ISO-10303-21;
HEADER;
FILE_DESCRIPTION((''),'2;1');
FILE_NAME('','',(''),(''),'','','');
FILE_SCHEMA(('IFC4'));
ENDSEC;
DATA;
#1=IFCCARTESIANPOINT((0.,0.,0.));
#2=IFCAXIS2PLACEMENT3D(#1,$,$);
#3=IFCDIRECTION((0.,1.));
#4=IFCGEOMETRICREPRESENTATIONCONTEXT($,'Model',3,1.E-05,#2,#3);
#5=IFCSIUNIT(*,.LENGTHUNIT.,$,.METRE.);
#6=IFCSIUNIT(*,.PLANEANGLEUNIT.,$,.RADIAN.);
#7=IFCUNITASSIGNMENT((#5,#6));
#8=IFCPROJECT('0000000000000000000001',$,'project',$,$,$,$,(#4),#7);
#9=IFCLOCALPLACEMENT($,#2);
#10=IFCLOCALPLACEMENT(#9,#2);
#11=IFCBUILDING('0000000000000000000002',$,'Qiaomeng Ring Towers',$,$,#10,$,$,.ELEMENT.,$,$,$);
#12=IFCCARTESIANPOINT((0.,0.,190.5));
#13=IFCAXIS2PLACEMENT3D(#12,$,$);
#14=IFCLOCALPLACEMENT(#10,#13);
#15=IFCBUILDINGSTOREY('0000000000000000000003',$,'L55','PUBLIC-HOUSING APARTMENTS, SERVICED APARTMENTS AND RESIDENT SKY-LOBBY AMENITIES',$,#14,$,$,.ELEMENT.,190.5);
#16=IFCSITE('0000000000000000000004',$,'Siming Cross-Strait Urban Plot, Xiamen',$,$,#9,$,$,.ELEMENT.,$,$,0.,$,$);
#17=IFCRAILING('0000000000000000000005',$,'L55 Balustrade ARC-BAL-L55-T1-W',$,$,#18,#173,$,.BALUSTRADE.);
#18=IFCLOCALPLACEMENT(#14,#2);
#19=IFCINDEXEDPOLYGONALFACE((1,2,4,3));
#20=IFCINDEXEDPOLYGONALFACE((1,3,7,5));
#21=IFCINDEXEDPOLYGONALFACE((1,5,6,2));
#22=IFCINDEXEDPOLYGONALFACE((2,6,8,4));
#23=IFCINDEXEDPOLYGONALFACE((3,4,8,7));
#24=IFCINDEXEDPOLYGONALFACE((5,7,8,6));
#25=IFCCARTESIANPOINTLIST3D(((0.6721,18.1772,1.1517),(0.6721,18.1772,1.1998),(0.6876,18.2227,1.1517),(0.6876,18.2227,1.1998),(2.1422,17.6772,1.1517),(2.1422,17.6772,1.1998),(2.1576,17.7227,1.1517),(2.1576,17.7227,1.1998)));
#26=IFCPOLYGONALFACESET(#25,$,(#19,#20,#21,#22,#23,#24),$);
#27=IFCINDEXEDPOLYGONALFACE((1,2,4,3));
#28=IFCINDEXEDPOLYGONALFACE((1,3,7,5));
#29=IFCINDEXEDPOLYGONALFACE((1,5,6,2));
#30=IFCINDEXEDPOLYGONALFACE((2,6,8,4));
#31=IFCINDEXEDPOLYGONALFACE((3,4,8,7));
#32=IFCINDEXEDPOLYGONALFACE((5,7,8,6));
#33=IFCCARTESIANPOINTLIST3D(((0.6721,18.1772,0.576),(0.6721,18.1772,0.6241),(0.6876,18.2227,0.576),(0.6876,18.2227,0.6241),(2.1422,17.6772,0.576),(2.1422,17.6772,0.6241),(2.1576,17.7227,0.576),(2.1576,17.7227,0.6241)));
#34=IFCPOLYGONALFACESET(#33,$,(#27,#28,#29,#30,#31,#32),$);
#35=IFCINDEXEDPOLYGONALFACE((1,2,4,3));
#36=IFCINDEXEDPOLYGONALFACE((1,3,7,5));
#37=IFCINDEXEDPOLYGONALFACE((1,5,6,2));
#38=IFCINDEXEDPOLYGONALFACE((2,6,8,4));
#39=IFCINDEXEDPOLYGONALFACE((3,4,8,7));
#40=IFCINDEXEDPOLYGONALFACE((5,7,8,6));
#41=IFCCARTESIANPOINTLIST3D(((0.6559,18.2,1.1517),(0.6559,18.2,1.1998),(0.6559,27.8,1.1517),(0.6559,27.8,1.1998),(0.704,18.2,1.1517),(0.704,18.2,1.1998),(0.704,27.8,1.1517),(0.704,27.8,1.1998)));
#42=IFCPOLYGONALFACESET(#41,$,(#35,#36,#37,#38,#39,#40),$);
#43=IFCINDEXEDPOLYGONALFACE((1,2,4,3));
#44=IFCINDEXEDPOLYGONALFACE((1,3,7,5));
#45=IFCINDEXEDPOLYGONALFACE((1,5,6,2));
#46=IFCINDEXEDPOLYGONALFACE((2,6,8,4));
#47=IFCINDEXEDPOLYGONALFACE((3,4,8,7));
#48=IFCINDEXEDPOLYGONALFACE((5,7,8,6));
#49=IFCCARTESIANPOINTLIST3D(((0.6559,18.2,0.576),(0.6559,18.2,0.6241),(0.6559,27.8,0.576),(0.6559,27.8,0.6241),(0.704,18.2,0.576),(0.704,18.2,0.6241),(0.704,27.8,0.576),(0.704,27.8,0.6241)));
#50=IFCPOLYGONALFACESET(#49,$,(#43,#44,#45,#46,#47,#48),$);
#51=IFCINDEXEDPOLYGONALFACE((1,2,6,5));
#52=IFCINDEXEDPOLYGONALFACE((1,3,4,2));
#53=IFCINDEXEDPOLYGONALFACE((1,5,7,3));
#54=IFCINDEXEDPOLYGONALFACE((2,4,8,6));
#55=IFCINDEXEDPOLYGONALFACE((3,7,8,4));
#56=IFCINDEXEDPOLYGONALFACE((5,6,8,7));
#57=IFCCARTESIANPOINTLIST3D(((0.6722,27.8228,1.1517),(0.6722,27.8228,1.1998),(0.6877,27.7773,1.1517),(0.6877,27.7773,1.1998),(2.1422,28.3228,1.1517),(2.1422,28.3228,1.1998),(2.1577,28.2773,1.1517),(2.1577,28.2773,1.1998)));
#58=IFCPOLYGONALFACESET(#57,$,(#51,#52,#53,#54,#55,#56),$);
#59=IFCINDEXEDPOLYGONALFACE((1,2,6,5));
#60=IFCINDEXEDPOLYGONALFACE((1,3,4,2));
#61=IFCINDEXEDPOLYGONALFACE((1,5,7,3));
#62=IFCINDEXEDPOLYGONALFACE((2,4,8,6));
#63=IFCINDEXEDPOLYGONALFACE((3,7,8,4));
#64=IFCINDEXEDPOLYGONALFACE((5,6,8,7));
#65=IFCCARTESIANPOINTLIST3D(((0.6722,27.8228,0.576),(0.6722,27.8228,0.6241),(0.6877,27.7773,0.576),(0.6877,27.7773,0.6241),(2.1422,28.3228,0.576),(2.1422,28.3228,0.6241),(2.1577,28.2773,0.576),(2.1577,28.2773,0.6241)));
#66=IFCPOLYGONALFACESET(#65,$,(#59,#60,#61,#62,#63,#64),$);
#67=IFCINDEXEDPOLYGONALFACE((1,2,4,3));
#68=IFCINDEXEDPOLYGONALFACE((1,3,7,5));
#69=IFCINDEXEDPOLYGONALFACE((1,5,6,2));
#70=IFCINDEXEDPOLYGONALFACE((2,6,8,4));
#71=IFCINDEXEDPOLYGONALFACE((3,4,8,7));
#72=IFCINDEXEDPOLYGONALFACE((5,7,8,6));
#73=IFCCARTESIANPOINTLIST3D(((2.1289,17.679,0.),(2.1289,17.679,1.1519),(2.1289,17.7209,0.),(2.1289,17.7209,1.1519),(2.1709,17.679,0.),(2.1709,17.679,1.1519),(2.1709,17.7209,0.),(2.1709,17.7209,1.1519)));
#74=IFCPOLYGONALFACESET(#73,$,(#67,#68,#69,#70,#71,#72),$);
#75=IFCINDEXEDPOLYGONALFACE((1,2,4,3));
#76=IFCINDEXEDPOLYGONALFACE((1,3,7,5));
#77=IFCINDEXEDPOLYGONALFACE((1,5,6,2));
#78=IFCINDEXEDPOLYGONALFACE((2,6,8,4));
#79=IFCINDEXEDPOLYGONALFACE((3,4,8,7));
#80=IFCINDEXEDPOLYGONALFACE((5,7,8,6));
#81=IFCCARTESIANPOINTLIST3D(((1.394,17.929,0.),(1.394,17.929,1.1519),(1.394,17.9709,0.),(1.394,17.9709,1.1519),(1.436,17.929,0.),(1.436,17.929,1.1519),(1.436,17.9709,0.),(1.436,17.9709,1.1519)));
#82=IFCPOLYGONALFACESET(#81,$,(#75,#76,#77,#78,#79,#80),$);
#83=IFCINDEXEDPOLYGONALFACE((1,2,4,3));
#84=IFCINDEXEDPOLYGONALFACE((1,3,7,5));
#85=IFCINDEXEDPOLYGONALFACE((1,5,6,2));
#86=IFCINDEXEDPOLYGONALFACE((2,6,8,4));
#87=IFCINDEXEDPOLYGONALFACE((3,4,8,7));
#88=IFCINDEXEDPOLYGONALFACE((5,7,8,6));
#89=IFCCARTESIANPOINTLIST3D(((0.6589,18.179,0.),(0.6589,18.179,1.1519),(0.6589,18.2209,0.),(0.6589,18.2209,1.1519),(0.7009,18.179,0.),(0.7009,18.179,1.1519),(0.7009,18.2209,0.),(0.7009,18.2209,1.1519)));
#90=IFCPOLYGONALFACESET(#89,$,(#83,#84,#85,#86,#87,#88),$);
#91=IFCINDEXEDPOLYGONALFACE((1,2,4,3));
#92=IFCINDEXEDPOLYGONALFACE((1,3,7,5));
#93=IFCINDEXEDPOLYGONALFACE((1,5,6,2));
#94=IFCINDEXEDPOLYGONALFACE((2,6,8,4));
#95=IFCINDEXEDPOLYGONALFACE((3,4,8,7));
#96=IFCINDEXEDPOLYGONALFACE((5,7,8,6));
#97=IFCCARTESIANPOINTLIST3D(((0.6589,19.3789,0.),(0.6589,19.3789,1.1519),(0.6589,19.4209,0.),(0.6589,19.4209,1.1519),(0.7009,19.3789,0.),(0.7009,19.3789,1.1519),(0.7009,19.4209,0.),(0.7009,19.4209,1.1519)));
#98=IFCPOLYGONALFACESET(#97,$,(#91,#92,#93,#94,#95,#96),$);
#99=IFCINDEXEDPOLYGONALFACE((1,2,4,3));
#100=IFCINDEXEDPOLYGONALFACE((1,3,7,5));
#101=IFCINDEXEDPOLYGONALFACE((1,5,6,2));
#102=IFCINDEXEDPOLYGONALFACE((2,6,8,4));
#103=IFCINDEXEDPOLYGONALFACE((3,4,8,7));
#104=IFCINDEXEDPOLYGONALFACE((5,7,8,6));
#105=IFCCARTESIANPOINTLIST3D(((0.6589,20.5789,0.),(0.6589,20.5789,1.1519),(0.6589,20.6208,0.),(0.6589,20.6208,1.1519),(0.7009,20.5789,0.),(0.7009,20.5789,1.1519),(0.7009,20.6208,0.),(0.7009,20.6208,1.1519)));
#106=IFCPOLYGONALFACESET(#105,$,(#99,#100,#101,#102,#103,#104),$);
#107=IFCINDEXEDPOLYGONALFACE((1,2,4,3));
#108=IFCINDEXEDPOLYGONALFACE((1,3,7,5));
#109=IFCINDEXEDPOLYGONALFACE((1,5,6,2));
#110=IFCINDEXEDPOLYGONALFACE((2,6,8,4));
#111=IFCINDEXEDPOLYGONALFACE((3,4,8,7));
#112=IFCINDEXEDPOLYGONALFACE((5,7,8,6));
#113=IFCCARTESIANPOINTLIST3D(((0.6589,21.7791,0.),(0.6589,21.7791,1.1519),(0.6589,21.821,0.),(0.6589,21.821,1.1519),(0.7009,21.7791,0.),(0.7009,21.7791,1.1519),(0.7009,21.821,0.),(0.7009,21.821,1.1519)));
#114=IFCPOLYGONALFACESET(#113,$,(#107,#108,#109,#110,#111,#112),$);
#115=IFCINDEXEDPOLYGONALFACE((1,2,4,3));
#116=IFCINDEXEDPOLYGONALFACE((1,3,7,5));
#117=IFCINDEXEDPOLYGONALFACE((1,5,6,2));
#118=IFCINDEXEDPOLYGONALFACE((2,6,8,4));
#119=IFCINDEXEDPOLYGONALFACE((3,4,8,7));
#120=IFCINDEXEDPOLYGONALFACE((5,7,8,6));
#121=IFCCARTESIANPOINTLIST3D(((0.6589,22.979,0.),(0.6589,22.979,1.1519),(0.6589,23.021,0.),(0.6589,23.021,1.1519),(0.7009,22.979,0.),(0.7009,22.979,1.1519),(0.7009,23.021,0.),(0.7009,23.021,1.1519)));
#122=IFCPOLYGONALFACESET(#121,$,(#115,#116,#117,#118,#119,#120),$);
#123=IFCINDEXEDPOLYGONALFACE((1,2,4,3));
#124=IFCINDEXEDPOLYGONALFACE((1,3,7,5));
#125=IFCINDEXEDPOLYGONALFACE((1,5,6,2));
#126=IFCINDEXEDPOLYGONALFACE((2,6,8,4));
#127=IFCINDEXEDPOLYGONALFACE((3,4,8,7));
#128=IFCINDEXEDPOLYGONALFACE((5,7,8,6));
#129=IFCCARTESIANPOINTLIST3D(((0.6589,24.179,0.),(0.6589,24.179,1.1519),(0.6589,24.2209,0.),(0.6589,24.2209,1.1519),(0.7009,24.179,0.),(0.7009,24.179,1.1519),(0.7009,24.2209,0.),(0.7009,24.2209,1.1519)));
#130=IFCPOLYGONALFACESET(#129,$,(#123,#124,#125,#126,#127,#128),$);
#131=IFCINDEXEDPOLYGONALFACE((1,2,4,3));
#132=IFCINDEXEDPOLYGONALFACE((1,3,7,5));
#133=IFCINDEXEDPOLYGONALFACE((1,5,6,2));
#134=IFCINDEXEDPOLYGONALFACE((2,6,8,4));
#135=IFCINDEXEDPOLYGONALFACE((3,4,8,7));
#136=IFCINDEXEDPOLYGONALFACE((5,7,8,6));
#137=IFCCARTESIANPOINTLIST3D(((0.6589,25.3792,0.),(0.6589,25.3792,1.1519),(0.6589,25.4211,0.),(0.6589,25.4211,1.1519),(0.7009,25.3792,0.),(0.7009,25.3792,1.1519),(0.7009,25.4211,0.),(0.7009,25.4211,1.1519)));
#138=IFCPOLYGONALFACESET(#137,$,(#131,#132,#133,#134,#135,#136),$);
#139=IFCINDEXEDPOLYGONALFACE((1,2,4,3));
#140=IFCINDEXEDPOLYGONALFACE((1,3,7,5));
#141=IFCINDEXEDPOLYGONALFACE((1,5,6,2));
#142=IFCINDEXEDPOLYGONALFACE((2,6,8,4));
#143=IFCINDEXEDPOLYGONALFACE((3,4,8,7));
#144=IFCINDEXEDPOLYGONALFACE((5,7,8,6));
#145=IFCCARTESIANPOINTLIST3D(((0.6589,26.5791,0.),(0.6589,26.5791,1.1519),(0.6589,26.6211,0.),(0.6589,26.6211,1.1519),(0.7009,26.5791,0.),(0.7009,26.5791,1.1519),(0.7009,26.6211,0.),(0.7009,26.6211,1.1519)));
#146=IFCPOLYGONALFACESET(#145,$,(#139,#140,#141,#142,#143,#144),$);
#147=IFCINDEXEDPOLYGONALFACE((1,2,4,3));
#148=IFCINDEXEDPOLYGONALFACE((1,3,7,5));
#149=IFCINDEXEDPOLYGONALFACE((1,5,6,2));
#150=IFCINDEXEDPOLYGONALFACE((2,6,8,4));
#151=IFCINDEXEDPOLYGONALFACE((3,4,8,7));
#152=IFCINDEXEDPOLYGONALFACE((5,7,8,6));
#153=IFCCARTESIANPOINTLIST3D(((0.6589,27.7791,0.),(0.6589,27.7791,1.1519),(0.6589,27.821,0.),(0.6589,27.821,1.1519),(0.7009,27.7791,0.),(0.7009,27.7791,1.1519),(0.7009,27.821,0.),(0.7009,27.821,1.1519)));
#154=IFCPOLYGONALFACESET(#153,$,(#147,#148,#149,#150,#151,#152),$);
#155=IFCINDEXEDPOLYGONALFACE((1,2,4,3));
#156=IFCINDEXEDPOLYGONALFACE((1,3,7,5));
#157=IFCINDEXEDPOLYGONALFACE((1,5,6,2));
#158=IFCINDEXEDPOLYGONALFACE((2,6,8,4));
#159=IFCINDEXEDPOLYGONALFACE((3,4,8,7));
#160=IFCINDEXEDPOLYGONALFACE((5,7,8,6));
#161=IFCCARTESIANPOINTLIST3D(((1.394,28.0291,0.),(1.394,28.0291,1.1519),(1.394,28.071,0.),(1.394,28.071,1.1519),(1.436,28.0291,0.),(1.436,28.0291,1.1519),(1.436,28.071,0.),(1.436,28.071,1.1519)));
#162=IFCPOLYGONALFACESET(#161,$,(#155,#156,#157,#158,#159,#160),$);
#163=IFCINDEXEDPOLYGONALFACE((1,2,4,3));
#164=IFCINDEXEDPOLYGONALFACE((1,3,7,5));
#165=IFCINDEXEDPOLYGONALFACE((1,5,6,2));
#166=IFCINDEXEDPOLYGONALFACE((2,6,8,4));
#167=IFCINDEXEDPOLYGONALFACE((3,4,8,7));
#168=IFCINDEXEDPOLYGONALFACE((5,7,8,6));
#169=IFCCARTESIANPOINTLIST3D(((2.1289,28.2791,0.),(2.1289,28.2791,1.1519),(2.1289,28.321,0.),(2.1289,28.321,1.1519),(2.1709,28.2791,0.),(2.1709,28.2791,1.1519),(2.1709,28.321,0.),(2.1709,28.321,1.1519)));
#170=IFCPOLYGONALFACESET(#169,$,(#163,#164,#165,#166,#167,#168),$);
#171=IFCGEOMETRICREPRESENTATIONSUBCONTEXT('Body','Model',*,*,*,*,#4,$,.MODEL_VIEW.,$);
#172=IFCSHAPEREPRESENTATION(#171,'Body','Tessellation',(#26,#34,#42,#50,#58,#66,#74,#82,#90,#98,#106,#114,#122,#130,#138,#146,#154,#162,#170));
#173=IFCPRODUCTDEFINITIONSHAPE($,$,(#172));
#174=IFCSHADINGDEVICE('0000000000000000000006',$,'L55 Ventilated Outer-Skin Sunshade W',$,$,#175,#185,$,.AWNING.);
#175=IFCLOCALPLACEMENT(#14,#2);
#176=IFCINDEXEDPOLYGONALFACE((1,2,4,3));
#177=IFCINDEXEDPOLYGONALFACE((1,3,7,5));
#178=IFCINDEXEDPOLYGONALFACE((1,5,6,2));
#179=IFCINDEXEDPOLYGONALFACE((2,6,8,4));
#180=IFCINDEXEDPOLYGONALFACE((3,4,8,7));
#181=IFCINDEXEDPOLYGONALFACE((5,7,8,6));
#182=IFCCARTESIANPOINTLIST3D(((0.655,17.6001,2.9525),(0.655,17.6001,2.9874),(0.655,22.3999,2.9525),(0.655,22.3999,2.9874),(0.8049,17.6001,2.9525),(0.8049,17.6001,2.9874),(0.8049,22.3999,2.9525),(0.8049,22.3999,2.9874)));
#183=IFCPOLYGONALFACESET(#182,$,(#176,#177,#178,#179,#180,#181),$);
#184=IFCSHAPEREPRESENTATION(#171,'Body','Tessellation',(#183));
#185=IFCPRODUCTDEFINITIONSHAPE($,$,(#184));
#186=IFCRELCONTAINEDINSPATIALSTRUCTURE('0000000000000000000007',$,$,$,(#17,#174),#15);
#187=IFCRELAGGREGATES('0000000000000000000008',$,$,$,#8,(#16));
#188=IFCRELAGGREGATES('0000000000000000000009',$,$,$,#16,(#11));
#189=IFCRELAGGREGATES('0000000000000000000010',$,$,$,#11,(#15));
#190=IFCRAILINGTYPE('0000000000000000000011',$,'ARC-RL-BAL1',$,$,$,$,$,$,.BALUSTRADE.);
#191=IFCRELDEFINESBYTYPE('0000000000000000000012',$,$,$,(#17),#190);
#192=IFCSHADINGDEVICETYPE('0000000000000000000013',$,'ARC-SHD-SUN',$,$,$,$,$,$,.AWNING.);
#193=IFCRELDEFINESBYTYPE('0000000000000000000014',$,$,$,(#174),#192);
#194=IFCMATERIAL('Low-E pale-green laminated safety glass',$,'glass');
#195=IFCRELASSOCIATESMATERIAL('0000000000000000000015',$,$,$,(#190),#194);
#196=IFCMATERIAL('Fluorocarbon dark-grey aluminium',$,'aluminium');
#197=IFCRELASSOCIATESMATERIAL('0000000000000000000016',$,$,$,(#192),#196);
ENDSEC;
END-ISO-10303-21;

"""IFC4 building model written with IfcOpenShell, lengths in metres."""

from ifc_helpers import new_model, si_unit, direction, frame, origin, origin_2d, place, context, subcontext, project, spatial, rectangle, extrude, source, transform, mapped, material, material_profile, profile_set, type_object, element, save


model = new_model("IFC4")

# Units and contexts
model_context = context("Model", 3, precision=1e-05, world=origin(), true_north=direction((0.0, 1.0)))
body_context = subcontext(model_context, "Body", "Model", "MODEL_VIEW")
ifc_project = project(units=[si_unit("LENGTHUNIT", "METRE"), si_unit("PLANEANGLEUNIT", "RADIAN")], contexts=[model_context])

# Site, building, storey
site_placement = place(None, origin())
site = spatial("IfcSite", under=ifc_project, at=site_placement, Name="Siming Cross-Strait Urban Plot, Xiamen", CompositionType="ELEMENT", RefElevation=0.0)
building_placement = place(site_placement, origin())
building = spatial("IfcBuilding", under=site, at=building_placement, Name="Qiaomeng Ring Towers", CompositionType="ELEMENT")
storey_placement = place(building_placement, frame((0.0, 0.0, 190.5)))
storey = spatial("IfcBuildingStorey", under=building, at=storey_placement, Name="L55", Description="PUBLIC-HOUSING APARTMENTS, SERVICED APARTMENTS AND RESIDENT SKY-LOBBY AMENITIES", CompositionType="ELEMENT", Elevation=190.5)

# Railing
ifc_material_1 = material(Name="Low-E pale-green laminated safety glass", Category="glass")
railing_type = type_object("IfcRailingType", Name="ARC-RL-BAL1", PredefinedType="BALUSTRADE", material=ifc_material_1)
railing_placement = place(storey_placement, frame((2.1499, 17.7, 0.0)))
element("IfcRailing", 1, at=railing_placement, inside=storey, type_object=railing_type, Name="L55 Balustrade ARC-BAL-L55-T1-W", PredefinedType="BALUSTRADE", context=body_context, shape_type="SweptSolid", body=[
    extrude(rectangle(XDim=0.0481, YDim=0.0481, at=origin_2d()), frame((0.0, 0.0, 1.1758), z_axis=(-0.946732, 0.322024, 0.0), x_axis=(-0.322024, -0.946732, 0.0)), (0.0, 0.0, 1.0), 1.5527),
    extrude(rectangle(XDim=0.0481, YDim=0.0481, at=origin_2d()), frame((0.0, 0.0, 0.6001), z_axis=(-0.946732, 0.322024, 0.0), x_axis=(-0.322024, -0.946732, 0.0)), (0.0, 0.0, 1.0), 1.5527),
    extrude(rectangle(XDim=0.0481, YDim=0.0481, at=origin_2d()), frame((-1.47, 0.5, 1.1758), z_axis=(0.0, 1.0, 0.0), x_axis=(-1.0, 0.0, 0.0)), (0.0, 0.0, 1.0), 9.6001),
    extrude(rectangle(XDim=0.0481, YDim=0.0481, at=origin_2d()), frame((-1.47, 0.5, 0.6001), z_axis=(0.0, 1.0, 0.0), x_axis=(-1.0, 0.0, 0.0)), (0.0, 0.0, 1.0), 9.6001),
    extrude(rectangle(XDim=0.0481, YDim=0.0481, at=origin_2d()), frame((-1.47, 10.1001, 1.1758), z_axis=(0.946732, 0.322024, 0.0), x_axis=(-0.322024, 0.946732, 0.0)), (0.0, 0.0, 1.0), 1.5527),
    extrude(rectangle(XDim=0.0481, YDim=0.0481, at=origin_2d()), frame((-1.47, 10.1001, 0.6001), z_axis=(0.946732, 0.322024, 0.0), x_axis=(-0.322024, 0.946732, 0.0)), (0.0, 0.0, 1.0), 1.5527),
    extrude(rectangle(XDim=0.042, YDim=0.042, at=origin_2d()), origin(), (0.0, 0.0, 1.0), 1.1519),
    extrude(rectangle(XDim=0.042, YDim=0.042, at=origin_2d()), frame((-0.7349, 0.25, 0.0)), (0.0, 0.0, 1.0), 1.1519),
    extrude(rectangle(XDim=0.042, YDim=0.042, at=origin_2d()), frame((-1.47, 0.5, 0.0)), (0.0, 0.0, 1.0), 1.1519),
    extrude(rectangle(XDim=0.042, YDim=0.042, at=origin_2d()), frame((-1.47, 1.7, 0.0)), (0.0, 0.0, 1.0), 1.1519),
    extrude(rectangle(XDim=0.042, YDim=0.042, at=origin_2d()), frame((-1.47, 2.8999, 0.0)), (0.0, 0.0, 1.0), 1.1519),
    extrude(rectangle(XDim=0.042, YDim=0.042, at=origin_2d()), frame((-1.47, 4.1001, 0.0)), (0.0, 0.0, 1.0), 1.1519),
    extrude(rectangle(XDim=0.042, YDim=0.042, at=origin_2d()), frame((-1.47, 5.3, 0.0)), (0.0, 0.0, 1.0), 1.1519),
    extrude(rectangle(XDim=0.042, YDim=0.042, at=origin_2d()), frame((-1.47, 6.5, 0.0)), (0.0, 0.0, 1.0), 1.1519),
    extrude(rectangle(XDim=0.042, YDim=0.042, at=origin_2d()), frame((-1.47, 7.7002, 0.0)), (0.0, 0.0, 1.0), 1.1519),
    extrude(rectangle(XDim=0.042, YDim=0.042, at=origin_2d()), frame((-1.47, 8.9001, 0.0)), (0.0, 0.0, 1.0), 1.1519),
    extrude(rectangle(XDim=0.042, YDim=0.042, at=origin_2d()), frame((-1.47, 10.1001, 0.0)), (0.0, 0.0, 1.0), 1.1519),
    extrude(rectangle(XDim=0.042, YDim=0.042, at=origin_2d()), frame((-0.7349, 10.3501, 0.0)), (0.0, 0.0, 1.0), 1.1519),
    extrude(rectangle(XDim=0.042, YDim=0.042, at=origin_2d()), frame((0.0, 10.6001, 0.0)), (0.0, 0.0, 1.0), 1.1519),
])

# Shading device
ifc_material_2 = material(Name="Fluorocarbon dark-grey aluminium", Category="aluminium")
ifc_material_profile_1 = material_profile(ifc_material_2, rectangle(XDim=0.1499, YDim=0.0349, at=origin_2d()), Name="LV BLADE 150x35")
ifc_profile_set_1 = profile_set([ifc_material_profile_1], Name="Fluorocarbon dark-grey aluminium")
shading_device_type = type_object("IfcShadingDeviceType", Name="ARC-SHD-SUN", PredefinedType="AWNING", material=ifc_profile_set_1)
shared_shape_1 = source(origin(), body_context, "Body", "SweptSolid", [
    extrude(rectangle(XDim=0.1499, YDim=0.0349, at=origin_2d()), origin(), (0.0, 0.0, 1.0), 4.7998),
])
shading_device_placement = place(storey_placement, frame((0.73, 17.6001, 2.97), z_axis=(0.0, 1.0, 0.0), x_axis=(-1.0, 0.0, 0.0)))
element("IfcShadingDevice", 2, at=shading_device_placement, inside=storey, type_object=shading_device_type, Name="L55 Ventilated Outer-Skin Sunshade W", PredefinedType="AWNING", context=body_context, shape_type="MappedRepresentation", body=[
    mapped(shared_shape_1, transform((0.0, 0.0, 0.0), x_axis=(1.0, 0.0, 0.0), y_axis=(0.0, 1.0, 0.0), z_axis=(0.0, 0.0, 1.0), scale=1.0)),
])

save(model, "model.ifc")
